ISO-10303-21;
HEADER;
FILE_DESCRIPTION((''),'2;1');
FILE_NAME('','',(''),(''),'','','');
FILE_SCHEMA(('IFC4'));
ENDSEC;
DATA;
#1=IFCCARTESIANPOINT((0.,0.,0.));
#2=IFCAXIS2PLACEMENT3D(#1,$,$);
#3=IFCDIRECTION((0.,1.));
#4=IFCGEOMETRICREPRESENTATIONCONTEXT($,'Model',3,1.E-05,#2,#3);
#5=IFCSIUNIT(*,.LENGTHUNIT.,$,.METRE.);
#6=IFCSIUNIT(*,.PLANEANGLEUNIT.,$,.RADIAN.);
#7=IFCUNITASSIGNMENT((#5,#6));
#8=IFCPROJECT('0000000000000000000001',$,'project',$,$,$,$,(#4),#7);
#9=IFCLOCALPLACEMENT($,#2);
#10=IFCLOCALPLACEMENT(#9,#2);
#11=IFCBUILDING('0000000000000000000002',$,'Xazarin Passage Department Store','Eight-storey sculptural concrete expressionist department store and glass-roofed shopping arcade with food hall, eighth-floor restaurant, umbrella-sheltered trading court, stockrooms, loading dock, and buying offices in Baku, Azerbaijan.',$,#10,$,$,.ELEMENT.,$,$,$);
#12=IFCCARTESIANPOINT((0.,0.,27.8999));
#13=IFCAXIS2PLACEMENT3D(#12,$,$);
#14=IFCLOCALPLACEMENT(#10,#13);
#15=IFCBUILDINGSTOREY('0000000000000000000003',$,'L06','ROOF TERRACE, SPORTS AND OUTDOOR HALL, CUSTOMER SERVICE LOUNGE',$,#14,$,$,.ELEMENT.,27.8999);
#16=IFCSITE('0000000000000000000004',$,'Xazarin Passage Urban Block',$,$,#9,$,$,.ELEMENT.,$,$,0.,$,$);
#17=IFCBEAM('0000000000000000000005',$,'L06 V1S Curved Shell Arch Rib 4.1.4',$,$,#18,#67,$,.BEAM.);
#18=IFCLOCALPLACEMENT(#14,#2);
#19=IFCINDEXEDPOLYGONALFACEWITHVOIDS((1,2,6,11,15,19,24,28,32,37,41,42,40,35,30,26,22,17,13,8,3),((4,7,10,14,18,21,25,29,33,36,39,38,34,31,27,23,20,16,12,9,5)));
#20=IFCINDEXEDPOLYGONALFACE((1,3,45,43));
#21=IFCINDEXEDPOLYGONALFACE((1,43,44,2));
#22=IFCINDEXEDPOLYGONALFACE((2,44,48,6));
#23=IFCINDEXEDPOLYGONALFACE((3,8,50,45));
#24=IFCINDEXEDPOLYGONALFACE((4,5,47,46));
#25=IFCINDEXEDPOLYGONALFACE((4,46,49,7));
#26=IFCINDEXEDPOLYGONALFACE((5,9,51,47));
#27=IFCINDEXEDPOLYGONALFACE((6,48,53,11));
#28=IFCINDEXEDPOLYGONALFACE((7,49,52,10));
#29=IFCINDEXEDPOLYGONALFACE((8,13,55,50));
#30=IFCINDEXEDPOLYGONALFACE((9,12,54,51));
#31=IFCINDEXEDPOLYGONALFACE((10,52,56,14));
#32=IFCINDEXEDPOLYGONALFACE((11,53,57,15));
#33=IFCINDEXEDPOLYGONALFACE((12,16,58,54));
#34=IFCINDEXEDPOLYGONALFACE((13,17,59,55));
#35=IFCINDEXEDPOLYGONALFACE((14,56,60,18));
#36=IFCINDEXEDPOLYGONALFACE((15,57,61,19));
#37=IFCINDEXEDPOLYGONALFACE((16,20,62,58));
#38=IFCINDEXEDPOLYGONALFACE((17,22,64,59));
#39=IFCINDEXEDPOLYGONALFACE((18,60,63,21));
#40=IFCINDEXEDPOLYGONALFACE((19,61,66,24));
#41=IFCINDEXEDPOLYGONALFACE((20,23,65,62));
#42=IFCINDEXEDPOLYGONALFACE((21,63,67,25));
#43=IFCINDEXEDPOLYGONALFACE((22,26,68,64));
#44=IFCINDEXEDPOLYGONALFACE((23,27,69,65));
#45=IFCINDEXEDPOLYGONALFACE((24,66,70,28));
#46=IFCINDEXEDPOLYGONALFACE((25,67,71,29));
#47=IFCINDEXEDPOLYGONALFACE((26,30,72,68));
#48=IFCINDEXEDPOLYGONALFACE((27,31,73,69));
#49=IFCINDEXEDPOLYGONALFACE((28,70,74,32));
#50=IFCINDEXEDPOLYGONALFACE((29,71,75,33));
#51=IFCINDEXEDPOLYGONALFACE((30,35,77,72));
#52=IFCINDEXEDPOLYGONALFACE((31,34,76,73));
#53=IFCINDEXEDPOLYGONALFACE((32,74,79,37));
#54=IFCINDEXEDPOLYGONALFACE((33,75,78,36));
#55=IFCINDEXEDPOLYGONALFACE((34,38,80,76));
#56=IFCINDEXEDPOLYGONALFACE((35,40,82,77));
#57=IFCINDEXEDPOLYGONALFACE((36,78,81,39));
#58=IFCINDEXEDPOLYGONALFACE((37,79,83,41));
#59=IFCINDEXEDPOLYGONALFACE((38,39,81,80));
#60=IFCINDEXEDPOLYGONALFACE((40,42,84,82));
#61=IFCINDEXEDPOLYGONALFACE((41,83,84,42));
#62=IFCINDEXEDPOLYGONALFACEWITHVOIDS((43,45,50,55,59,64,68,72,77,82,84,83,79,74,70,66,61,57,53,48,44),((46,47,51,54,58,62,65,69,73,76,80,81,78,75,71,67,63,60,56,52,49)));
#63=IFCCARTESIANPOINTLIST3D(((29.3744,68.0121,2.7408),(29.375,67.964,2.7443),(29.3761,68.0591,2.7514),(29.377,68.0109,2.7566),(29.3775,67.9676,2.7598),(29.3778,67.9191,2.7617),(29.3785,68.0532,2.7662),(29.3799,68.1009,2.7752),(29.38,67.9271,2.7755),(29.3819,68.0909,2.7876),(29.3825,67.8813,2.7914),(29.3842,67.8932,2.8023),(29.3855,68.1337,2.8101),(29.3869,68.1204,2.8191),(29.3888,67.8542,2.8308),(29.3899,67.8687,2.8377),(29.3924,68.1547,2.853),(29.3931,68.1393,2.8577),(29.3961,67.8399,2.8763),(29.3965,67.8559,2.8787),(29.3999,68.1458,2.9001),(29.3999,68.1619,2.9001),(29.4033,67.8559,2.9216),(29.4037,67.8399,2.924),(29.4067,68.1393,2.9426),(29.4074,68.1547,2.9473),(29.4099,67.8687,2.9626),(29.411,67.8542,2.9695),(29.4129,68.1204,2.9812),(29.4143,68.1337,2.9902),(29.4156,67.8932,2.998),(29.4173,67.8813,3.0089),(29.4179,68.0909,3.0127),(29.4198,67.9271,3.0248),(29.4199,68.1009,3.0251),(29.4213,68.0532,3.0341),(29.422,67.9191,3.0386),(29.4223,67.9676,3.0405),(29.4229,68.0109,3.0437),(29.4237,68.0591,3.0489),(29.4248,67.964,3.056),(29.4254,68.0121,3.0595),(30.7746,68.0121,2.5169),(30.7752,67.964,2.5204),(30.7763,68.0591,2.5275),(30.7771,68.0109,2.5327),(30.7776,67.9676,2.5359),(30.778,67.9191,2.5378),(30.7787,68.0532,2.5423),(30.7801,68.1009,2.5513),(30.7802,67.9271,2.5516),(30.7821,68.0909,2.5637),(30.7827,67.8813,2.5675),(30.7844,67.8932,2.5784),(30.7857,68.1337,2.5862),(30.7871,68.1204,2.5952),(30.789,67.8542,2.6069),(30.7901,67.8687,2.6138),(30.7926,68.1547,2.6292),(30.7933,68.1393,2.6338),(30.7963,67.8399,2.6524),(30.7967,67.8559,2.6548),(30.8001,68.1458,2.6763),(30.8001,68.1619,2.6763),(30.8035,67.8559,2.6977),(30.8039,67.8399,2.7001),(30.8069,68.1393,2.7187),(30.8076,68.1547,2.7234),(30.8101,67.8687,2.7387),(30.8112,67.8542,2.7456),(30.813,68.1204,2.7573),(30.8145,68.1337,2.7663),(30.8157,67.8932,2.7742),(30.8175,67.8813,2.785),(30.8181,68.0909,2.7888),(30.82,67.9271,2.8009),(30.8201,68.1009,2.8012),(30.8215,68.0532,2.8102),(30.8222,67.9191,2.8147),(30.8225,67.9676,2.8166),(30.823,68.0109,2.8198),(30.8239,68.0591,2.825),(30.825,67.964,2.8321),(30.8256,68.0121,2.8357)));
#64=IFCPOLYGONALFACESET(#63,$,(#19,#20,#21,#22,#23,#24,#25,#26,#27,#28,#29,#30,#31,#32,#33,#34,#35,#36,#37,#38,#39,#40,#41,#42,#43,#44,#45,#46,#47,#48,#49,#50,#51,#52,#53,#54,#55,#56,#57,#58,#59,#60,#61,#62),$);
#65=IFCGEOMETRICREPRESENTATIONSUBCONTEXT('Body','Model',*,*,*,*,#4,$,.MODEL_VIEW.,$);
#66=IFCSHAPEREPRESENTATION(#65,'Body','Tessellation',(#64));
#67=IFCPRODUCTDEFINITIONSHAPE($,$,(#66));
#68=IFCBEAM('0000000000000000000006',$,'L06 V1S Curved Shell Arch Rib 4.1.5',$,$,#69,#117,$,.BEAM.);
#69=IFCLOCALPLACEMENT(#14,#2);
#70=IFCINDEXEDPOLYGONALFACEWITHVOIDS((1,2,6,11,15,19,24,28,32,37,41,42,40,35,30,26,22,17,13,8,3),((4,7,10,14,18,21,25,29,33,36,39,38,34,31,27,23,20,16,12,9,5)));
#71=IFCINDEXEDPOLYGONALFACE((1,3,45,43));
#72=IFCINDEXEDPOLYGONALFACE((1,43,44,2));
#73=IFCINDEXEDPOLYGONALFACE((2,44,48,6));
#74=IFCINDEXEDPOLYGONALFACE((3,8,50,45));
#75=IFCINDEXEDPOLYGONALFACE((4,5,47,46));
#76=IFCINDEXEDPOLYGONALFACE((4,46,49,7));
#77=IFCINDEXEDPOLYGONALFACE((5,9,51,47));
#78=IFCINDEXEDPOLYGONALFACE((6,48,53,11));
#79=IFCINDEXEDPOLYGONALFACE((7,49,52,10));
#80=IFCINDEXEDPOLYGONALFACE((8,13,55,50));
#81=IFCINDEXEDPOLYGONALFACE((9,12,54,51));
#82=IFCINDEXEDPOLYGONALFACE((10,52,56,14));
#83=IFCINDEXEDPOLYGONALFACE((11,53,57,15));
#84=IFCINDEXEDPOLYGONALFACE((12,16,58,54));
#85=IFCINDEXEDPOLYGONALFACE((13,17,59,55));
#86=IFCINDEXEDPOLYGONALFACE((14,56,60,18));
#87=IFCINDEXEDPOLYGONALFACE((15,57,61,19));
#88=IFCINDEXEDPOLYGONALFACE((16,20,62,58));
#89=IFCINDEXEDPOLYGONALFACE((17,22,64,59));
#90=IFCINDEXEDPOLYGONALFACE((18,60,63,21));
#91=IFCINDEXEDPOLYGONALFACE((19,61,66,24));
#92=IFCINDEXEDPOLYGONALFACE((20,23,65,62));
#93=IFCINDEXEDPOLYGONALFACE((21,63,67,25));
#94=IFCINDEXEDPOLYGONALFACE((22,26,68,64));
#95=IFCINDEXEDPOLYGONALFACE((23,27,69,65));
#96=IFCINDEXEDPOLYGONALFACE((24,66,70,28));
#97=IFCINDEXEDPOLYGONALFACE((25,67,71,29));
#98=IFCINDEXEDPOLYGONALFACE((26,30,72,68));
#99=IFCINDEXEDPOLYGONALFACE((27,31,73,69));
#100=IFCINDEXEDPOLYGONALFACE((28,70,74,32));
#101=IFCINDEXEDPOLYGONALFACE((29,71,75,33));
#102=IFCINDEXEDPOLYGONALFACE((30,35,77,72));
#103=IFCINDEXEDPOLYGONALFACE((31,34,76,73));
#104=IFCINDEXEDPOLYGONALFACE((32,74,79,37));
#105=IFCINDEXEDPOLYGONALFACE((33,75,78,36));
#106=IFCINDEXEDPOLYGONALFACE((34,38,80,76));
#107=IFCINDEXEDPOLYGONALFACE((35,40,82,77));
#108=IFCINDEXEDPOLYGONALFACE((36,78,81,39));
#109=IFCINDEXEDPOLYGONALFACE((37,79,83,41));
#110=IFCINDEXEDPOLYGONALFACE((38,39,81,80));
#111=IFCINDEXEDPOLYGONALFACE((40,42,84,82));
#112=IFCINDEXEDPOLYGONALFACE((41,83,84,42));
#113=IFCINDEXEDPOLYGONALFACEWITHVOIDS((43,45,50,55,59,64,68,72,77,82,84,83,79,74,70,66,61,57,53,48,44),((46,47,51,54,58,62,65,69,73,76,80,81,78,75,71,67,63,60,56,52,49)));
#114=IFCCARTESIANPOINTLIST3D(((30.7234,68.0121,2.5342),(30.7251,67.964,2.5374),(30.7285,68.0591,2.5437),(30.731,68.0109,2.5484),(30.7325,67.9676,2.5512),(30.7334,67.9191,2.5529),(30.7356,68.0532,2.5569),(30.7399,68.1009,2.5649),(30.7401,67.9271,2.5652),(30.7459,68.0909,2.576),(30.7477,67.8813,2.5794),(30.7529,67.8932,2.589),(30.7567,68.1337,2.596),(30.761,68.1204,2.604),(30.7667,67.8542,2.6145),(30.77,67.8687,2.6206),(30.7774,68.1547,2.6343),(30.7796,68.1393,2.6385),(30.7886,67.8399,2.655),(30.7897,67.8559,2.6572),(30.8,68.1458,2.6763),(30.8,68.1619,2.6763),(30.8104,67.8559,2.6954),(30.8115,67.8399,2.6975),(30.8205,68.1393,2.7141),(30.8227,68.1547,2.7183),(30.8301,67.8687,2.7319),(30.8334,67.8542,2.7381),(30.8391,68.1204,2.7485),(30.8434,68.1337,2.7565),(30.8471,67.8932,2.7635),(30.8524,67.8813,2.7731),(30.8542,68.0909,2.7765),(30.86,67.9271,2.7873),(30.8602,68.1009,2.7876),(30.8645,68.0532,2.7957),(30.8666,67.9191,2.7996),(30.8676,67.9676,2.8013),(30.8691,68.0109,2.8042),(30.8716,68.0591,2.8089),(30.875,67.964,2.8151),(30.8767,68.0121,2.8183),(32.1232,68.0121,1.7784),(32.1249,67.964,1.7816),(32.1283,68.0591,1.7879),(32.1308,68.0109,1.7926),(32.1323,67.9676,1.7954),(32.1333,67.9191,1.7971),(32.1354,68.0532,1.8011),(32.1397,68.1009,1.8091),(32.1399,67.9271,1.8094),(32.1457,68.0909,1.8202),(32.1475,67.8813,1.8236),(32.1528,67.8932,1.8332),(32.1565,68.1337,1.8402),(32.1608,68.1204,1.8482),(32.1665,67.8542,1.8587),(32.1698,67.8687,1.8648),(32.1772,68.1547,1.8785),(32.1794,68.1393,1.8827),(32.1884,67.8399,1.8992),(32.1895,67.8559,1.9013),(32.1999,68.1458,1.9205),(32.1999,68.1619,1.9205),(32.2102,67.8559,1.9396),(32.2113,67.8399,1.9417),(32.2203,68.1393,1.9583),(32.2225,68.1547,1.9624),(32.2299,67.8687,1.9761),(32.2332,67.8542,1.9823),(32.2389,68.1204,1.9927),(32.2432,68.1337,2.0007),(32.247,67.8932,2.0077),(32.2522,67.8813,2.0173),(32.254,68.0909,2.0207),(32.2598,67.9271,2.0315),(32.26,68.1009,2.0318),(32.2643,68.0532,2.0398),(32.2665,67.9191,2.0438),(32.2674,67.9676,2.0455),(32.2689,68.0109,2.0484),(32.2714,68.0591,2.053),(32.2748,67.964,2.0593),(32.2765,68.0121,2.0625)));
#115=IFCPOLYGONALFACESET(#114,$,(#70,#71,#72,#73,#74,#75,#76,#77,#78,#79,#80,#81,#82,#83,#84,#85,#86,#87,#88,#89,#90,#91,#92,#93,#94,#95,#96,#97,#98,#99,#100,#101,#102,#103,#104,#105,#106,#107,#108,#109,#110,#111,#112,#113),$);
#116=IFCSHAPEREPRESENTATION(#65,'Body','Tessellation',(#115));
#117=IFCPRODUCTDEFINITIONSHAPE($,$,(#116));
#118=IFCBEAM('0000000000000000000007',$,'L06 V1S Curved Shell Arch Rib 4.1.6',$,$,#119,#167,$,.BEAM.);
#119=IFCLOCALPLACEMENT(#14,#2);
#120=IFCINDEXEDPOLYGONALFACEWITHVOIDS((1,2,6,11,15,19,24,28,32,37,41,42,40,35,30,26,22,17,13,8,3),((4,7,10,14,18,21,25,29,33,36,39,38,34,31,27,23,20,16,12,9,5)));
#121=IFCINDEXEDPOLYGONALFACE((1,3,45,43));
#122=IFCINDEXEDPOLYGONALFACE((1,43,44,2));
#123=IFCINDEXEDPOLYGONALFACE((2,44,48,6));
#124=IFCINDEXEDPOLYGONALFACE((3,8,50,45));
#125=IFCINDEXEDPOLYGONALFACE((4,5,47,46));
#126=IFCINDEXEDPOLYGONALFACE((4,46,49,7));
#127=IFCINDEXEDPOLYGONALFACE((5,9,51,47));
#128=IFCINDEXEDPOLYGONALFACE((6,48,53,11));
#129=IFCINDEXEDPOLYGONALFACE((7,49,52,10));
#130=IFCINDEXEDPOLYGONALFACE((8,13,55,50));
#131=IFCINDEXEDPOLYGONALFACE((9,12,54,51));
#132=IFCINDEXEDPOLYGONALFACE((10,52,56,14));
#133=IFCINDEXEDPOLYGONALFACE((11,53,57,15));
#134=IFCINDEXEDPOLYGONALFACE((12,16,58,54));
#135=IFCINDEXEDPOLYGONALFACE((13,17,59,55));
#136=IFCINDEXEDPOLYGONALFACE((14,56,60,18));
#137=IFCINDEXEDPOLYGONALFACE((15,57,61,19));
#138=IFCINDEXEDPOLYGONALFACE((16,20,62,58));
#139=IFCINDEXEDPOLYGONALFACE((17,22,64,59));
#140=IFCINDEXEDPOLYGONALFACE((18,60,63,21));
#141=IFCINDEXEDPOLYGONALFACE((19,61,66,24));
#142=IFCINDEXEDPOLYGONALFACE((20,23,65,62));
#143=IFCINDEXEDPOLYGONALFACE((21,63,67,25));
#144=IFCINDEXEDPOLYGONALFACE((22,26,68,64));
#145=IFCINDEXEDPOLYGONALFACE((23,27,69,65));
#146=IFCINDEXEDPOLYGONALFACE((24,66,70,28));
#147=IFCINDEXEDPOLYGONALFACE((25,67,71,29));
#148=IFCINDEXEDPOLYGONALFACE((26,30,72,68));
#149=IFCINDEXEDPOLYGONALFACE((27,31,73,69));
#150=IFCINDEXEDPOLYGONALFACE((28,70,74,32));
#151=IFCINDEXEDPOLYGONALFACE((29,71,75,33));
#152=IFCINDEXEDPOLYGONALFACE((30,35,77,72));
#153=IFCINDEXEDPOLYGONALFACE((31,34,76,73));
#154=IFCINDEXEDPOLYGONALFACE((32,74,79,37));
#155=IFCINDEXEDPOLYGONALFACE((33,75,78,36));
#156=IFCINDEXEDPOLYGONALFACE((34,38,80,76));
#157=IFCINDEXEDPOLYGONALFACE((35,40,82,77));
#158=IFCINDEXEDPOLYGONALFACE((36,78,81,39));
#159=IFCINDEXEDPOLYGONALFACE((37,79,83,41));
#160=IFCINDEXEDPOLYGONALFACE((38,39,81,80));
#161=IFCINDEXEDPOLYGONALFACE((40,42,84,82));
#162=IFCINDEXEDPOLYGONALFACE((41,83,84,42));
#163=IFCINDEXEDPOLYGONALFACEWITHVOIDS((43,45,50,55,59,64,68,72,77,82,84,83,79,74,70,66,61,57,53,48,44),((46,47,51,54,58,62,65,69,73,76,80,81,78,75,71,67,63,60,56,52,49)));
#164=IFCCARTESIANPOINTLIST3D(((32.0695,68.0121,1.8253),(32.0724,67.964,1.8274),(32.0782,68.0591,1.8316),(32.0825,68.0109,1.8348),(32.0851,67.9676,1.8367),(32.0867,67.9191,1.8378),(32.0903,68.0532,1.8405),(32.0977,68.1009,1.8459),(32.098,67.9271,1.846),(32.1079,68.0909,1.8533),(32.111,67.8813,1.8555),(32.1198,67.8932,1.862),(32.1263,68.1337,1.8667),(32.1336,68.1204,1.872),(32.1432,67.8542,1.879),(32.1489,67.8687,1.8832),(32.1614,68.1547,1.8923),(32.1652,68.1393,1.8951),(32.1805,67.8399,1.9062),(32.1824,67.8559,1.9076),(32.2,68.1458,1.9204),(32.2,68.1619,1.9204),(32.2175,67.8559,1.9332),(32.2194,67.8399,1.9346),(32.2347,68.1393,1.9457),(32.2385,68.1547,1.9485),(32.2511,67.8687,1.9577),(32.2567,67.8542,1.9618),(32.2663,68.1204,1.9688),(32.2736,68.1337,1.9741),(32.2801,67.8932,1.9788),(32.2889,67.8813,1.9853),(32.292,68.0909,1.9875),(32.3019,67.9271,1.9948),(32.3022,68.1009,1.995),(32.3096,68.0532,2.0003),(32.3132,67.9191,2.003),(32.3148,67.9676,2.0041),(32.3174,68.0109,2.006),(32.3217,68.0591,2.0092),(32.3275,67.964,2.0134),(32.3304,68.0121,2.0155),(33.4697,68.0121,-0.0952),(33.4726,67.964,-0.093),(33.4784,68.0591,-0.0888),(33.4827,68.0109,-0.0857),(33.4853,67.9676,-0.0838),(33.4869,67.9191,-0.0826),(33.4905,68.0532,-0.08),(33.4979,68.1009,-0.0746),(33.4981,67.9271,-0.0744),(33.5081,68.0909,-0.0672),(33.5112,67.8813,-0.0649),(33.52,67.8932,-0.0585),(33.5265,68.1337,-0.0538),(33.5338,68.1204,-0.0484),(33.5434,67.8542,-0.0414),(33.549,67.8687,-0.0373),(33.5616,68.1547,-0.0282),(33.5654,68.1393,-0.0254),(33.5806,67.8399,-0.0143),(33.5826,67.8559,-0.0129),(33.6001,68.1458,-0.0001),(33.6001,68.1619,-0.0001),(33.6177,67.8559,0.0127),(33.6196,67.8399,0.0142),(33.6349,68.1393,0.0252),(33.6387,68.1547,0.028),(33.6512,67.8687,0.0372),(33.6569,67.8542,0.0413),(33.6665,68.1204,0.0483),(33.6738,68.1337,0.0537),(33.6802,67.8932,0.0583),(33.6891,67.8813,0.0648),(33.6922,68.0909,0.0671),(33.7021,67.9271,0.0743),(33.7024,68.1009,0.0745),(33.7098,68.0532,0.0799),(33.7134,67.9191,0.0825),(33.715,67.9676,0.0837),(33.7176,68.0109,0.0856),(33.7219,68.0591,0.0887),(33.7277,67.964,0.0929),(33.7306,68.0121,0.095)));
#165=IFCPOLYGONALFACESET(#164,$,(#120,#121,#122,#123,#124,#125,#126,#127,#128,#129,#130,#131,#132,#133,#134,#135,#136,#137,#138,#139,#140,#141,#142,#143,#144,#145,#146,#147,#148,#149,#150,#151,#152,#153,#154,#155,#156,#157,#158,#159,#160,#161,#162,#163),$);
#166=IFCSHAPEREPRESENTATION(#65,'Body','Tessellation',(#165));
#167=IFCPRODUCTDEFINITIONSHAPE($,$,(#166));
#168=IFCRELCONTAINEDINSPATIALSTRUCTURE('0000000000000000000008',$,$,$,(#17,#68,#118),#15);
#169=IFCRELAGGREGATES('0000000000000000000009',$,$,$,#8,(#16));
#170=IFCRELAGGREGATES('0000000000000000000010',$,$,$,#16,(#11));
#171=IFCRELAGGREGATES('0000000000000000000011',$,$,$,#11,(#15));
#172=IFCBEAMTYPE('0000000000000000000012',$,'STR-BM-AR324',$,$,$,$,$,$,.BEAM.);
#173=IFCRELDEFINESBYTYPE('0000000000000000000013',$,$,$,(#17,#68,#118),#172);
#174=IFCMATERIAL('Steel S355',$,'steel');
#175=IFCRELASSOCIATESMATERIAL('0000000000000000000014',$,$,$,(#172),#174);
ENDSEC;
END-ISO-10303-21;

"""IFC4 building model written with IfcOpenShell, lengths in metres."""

from ifc_helpers import new_model, si_unit, direction, frame, origin, origin_2d, place, context, subcontext, project, spatial, hollow_circle, extrude, material, material_profile, profile_set, type_object, element, save


model = new_model("IFC4")

# Units and contexts
model_context = context("Model", 3, precision=1e-05, world=origin(), true_north=direction((0.0, 1.0)))
body_context = subcontext(model_context, "Body", "Model", "MODEL_VIEW")
ifc_project = project(units=[si_unit("LENGTHUNIT", "METRE"), si_unit("PLANEANGLEUNIT", "RADIAN")], contexts=[model_context])

# Site, building, storey
site_placement = place(None, origin())
site = spatial("IfcSite", under=ifc_project, at=site_placement, Name="Xazarin Passage Urban Block", CompositionType="ELEMENT", RefElevation=0.0)
building_placement = place(site_placement, origin())
building = spatial("IfcBuilding", under=site, at=building_placement, Name="Xazarin Passage Department Store", Description="Eight-storey sculptural concrete expressionist department store and glass-roofed shopping arcade with food hall, eighth-floor restaurant, umbrella-sheltered trading court, stockrooms, loading dock, and buying offices in Baku, Azerbaijan.", CompositionType="ELEMENT")
storey_placement = place(building_placement, frame((0.0, 0.0, 27.8999)))
storey = spatial("IfcBuildingStorey", under=building, at=storey_placement, Name="L06", Description="ROOF TERRACE, SPORTS AND OUTDOOR HALL, CUSTOMER SERVICE LOUNGE", CompositionType="ELEMENT", Elevation=27.8999)

# Beams
ifc_material_1 = material(Name="Steel S355", Category="steel")
ifc_material_profile_1 = material_profile(ifc_material_1, hollow_circle(Radius=0.1619, WallThickness=0.0161, at=origin_2d()), Name="CHS 323.9x16")
ifc_profile_set_1 = profile_set([ifc_material_profile_1], Name="Steel S355")
beam_type_1 = type_object("IfcBeamType", Name="STR-BM-AR324", PredefinedType="BEAM", material=ifc_profile_set_1)
beam_1_placement = place(storey_placement, frame((29.3999, 68.0, 2.9001), z_axis=(0.987457, 0.0, -0.15789), x_axis=(0.0, 1.0, 0.0)))
element("IfcBeam", 1, at=beam_1_placement, inside=storey, type_object=beam_type_1, Name="L06 V1S Curved Shell Arch Rib 4.1.4", PredefinedType="BEAM", context=body_context, shape_type="SweptSolid", body=[
    extrude(hollow_circle(Radius=0.1619, WallThickness=0.0161, at=origin_2d()), origin(), (0.0, 0.0, 1.0), 1.418),
])
beam_2_placement = place(storey_placement, frame((30.8, 68.0, 2.6763), z_axis=(0.879928, 0.0, -0.475106), x_axis=(0.0, 1.0, 0.0)))
element("IfcBeam", 2, at=beam_2_placement, inside=storey, type_object=beam_type_1, Name="L06 V1S Curved Shell Arch Rib 4.1.5", PredefinedType="BEAM", context=body_context, shape_type="SweptSolid", body=[
    extrude(hollow_circle(Radius=0.1619, WallThickness=0.0161, at=origin_2d()), origin(), (0.0, 0.0, 1.0), 1.5908),
])
beam_3_placement = place(storey_placement, frame((32.2, 68.0, 1.9204), z_axis=(0.58913, 0.0, -0.808038), x_axis=(0.0, 1.0, 0.0)))
element("IfcBeam", 3, at=beam_3_placement, inside=storey, type_object=beam_type_1, Name="L06 V1S Curved Shell Arch Rib 4.1.6", PredefinedType="BEAM", context=body_context, shape_type="SweptSolid", body=[
    extrude(hollow_circle(Radius=0.1619, WallThickness=0.0161, at=origin_2d()), origin(), (0.0, 0.0, 1.0), 2.3767),
])

save(model, "model.ifc")
